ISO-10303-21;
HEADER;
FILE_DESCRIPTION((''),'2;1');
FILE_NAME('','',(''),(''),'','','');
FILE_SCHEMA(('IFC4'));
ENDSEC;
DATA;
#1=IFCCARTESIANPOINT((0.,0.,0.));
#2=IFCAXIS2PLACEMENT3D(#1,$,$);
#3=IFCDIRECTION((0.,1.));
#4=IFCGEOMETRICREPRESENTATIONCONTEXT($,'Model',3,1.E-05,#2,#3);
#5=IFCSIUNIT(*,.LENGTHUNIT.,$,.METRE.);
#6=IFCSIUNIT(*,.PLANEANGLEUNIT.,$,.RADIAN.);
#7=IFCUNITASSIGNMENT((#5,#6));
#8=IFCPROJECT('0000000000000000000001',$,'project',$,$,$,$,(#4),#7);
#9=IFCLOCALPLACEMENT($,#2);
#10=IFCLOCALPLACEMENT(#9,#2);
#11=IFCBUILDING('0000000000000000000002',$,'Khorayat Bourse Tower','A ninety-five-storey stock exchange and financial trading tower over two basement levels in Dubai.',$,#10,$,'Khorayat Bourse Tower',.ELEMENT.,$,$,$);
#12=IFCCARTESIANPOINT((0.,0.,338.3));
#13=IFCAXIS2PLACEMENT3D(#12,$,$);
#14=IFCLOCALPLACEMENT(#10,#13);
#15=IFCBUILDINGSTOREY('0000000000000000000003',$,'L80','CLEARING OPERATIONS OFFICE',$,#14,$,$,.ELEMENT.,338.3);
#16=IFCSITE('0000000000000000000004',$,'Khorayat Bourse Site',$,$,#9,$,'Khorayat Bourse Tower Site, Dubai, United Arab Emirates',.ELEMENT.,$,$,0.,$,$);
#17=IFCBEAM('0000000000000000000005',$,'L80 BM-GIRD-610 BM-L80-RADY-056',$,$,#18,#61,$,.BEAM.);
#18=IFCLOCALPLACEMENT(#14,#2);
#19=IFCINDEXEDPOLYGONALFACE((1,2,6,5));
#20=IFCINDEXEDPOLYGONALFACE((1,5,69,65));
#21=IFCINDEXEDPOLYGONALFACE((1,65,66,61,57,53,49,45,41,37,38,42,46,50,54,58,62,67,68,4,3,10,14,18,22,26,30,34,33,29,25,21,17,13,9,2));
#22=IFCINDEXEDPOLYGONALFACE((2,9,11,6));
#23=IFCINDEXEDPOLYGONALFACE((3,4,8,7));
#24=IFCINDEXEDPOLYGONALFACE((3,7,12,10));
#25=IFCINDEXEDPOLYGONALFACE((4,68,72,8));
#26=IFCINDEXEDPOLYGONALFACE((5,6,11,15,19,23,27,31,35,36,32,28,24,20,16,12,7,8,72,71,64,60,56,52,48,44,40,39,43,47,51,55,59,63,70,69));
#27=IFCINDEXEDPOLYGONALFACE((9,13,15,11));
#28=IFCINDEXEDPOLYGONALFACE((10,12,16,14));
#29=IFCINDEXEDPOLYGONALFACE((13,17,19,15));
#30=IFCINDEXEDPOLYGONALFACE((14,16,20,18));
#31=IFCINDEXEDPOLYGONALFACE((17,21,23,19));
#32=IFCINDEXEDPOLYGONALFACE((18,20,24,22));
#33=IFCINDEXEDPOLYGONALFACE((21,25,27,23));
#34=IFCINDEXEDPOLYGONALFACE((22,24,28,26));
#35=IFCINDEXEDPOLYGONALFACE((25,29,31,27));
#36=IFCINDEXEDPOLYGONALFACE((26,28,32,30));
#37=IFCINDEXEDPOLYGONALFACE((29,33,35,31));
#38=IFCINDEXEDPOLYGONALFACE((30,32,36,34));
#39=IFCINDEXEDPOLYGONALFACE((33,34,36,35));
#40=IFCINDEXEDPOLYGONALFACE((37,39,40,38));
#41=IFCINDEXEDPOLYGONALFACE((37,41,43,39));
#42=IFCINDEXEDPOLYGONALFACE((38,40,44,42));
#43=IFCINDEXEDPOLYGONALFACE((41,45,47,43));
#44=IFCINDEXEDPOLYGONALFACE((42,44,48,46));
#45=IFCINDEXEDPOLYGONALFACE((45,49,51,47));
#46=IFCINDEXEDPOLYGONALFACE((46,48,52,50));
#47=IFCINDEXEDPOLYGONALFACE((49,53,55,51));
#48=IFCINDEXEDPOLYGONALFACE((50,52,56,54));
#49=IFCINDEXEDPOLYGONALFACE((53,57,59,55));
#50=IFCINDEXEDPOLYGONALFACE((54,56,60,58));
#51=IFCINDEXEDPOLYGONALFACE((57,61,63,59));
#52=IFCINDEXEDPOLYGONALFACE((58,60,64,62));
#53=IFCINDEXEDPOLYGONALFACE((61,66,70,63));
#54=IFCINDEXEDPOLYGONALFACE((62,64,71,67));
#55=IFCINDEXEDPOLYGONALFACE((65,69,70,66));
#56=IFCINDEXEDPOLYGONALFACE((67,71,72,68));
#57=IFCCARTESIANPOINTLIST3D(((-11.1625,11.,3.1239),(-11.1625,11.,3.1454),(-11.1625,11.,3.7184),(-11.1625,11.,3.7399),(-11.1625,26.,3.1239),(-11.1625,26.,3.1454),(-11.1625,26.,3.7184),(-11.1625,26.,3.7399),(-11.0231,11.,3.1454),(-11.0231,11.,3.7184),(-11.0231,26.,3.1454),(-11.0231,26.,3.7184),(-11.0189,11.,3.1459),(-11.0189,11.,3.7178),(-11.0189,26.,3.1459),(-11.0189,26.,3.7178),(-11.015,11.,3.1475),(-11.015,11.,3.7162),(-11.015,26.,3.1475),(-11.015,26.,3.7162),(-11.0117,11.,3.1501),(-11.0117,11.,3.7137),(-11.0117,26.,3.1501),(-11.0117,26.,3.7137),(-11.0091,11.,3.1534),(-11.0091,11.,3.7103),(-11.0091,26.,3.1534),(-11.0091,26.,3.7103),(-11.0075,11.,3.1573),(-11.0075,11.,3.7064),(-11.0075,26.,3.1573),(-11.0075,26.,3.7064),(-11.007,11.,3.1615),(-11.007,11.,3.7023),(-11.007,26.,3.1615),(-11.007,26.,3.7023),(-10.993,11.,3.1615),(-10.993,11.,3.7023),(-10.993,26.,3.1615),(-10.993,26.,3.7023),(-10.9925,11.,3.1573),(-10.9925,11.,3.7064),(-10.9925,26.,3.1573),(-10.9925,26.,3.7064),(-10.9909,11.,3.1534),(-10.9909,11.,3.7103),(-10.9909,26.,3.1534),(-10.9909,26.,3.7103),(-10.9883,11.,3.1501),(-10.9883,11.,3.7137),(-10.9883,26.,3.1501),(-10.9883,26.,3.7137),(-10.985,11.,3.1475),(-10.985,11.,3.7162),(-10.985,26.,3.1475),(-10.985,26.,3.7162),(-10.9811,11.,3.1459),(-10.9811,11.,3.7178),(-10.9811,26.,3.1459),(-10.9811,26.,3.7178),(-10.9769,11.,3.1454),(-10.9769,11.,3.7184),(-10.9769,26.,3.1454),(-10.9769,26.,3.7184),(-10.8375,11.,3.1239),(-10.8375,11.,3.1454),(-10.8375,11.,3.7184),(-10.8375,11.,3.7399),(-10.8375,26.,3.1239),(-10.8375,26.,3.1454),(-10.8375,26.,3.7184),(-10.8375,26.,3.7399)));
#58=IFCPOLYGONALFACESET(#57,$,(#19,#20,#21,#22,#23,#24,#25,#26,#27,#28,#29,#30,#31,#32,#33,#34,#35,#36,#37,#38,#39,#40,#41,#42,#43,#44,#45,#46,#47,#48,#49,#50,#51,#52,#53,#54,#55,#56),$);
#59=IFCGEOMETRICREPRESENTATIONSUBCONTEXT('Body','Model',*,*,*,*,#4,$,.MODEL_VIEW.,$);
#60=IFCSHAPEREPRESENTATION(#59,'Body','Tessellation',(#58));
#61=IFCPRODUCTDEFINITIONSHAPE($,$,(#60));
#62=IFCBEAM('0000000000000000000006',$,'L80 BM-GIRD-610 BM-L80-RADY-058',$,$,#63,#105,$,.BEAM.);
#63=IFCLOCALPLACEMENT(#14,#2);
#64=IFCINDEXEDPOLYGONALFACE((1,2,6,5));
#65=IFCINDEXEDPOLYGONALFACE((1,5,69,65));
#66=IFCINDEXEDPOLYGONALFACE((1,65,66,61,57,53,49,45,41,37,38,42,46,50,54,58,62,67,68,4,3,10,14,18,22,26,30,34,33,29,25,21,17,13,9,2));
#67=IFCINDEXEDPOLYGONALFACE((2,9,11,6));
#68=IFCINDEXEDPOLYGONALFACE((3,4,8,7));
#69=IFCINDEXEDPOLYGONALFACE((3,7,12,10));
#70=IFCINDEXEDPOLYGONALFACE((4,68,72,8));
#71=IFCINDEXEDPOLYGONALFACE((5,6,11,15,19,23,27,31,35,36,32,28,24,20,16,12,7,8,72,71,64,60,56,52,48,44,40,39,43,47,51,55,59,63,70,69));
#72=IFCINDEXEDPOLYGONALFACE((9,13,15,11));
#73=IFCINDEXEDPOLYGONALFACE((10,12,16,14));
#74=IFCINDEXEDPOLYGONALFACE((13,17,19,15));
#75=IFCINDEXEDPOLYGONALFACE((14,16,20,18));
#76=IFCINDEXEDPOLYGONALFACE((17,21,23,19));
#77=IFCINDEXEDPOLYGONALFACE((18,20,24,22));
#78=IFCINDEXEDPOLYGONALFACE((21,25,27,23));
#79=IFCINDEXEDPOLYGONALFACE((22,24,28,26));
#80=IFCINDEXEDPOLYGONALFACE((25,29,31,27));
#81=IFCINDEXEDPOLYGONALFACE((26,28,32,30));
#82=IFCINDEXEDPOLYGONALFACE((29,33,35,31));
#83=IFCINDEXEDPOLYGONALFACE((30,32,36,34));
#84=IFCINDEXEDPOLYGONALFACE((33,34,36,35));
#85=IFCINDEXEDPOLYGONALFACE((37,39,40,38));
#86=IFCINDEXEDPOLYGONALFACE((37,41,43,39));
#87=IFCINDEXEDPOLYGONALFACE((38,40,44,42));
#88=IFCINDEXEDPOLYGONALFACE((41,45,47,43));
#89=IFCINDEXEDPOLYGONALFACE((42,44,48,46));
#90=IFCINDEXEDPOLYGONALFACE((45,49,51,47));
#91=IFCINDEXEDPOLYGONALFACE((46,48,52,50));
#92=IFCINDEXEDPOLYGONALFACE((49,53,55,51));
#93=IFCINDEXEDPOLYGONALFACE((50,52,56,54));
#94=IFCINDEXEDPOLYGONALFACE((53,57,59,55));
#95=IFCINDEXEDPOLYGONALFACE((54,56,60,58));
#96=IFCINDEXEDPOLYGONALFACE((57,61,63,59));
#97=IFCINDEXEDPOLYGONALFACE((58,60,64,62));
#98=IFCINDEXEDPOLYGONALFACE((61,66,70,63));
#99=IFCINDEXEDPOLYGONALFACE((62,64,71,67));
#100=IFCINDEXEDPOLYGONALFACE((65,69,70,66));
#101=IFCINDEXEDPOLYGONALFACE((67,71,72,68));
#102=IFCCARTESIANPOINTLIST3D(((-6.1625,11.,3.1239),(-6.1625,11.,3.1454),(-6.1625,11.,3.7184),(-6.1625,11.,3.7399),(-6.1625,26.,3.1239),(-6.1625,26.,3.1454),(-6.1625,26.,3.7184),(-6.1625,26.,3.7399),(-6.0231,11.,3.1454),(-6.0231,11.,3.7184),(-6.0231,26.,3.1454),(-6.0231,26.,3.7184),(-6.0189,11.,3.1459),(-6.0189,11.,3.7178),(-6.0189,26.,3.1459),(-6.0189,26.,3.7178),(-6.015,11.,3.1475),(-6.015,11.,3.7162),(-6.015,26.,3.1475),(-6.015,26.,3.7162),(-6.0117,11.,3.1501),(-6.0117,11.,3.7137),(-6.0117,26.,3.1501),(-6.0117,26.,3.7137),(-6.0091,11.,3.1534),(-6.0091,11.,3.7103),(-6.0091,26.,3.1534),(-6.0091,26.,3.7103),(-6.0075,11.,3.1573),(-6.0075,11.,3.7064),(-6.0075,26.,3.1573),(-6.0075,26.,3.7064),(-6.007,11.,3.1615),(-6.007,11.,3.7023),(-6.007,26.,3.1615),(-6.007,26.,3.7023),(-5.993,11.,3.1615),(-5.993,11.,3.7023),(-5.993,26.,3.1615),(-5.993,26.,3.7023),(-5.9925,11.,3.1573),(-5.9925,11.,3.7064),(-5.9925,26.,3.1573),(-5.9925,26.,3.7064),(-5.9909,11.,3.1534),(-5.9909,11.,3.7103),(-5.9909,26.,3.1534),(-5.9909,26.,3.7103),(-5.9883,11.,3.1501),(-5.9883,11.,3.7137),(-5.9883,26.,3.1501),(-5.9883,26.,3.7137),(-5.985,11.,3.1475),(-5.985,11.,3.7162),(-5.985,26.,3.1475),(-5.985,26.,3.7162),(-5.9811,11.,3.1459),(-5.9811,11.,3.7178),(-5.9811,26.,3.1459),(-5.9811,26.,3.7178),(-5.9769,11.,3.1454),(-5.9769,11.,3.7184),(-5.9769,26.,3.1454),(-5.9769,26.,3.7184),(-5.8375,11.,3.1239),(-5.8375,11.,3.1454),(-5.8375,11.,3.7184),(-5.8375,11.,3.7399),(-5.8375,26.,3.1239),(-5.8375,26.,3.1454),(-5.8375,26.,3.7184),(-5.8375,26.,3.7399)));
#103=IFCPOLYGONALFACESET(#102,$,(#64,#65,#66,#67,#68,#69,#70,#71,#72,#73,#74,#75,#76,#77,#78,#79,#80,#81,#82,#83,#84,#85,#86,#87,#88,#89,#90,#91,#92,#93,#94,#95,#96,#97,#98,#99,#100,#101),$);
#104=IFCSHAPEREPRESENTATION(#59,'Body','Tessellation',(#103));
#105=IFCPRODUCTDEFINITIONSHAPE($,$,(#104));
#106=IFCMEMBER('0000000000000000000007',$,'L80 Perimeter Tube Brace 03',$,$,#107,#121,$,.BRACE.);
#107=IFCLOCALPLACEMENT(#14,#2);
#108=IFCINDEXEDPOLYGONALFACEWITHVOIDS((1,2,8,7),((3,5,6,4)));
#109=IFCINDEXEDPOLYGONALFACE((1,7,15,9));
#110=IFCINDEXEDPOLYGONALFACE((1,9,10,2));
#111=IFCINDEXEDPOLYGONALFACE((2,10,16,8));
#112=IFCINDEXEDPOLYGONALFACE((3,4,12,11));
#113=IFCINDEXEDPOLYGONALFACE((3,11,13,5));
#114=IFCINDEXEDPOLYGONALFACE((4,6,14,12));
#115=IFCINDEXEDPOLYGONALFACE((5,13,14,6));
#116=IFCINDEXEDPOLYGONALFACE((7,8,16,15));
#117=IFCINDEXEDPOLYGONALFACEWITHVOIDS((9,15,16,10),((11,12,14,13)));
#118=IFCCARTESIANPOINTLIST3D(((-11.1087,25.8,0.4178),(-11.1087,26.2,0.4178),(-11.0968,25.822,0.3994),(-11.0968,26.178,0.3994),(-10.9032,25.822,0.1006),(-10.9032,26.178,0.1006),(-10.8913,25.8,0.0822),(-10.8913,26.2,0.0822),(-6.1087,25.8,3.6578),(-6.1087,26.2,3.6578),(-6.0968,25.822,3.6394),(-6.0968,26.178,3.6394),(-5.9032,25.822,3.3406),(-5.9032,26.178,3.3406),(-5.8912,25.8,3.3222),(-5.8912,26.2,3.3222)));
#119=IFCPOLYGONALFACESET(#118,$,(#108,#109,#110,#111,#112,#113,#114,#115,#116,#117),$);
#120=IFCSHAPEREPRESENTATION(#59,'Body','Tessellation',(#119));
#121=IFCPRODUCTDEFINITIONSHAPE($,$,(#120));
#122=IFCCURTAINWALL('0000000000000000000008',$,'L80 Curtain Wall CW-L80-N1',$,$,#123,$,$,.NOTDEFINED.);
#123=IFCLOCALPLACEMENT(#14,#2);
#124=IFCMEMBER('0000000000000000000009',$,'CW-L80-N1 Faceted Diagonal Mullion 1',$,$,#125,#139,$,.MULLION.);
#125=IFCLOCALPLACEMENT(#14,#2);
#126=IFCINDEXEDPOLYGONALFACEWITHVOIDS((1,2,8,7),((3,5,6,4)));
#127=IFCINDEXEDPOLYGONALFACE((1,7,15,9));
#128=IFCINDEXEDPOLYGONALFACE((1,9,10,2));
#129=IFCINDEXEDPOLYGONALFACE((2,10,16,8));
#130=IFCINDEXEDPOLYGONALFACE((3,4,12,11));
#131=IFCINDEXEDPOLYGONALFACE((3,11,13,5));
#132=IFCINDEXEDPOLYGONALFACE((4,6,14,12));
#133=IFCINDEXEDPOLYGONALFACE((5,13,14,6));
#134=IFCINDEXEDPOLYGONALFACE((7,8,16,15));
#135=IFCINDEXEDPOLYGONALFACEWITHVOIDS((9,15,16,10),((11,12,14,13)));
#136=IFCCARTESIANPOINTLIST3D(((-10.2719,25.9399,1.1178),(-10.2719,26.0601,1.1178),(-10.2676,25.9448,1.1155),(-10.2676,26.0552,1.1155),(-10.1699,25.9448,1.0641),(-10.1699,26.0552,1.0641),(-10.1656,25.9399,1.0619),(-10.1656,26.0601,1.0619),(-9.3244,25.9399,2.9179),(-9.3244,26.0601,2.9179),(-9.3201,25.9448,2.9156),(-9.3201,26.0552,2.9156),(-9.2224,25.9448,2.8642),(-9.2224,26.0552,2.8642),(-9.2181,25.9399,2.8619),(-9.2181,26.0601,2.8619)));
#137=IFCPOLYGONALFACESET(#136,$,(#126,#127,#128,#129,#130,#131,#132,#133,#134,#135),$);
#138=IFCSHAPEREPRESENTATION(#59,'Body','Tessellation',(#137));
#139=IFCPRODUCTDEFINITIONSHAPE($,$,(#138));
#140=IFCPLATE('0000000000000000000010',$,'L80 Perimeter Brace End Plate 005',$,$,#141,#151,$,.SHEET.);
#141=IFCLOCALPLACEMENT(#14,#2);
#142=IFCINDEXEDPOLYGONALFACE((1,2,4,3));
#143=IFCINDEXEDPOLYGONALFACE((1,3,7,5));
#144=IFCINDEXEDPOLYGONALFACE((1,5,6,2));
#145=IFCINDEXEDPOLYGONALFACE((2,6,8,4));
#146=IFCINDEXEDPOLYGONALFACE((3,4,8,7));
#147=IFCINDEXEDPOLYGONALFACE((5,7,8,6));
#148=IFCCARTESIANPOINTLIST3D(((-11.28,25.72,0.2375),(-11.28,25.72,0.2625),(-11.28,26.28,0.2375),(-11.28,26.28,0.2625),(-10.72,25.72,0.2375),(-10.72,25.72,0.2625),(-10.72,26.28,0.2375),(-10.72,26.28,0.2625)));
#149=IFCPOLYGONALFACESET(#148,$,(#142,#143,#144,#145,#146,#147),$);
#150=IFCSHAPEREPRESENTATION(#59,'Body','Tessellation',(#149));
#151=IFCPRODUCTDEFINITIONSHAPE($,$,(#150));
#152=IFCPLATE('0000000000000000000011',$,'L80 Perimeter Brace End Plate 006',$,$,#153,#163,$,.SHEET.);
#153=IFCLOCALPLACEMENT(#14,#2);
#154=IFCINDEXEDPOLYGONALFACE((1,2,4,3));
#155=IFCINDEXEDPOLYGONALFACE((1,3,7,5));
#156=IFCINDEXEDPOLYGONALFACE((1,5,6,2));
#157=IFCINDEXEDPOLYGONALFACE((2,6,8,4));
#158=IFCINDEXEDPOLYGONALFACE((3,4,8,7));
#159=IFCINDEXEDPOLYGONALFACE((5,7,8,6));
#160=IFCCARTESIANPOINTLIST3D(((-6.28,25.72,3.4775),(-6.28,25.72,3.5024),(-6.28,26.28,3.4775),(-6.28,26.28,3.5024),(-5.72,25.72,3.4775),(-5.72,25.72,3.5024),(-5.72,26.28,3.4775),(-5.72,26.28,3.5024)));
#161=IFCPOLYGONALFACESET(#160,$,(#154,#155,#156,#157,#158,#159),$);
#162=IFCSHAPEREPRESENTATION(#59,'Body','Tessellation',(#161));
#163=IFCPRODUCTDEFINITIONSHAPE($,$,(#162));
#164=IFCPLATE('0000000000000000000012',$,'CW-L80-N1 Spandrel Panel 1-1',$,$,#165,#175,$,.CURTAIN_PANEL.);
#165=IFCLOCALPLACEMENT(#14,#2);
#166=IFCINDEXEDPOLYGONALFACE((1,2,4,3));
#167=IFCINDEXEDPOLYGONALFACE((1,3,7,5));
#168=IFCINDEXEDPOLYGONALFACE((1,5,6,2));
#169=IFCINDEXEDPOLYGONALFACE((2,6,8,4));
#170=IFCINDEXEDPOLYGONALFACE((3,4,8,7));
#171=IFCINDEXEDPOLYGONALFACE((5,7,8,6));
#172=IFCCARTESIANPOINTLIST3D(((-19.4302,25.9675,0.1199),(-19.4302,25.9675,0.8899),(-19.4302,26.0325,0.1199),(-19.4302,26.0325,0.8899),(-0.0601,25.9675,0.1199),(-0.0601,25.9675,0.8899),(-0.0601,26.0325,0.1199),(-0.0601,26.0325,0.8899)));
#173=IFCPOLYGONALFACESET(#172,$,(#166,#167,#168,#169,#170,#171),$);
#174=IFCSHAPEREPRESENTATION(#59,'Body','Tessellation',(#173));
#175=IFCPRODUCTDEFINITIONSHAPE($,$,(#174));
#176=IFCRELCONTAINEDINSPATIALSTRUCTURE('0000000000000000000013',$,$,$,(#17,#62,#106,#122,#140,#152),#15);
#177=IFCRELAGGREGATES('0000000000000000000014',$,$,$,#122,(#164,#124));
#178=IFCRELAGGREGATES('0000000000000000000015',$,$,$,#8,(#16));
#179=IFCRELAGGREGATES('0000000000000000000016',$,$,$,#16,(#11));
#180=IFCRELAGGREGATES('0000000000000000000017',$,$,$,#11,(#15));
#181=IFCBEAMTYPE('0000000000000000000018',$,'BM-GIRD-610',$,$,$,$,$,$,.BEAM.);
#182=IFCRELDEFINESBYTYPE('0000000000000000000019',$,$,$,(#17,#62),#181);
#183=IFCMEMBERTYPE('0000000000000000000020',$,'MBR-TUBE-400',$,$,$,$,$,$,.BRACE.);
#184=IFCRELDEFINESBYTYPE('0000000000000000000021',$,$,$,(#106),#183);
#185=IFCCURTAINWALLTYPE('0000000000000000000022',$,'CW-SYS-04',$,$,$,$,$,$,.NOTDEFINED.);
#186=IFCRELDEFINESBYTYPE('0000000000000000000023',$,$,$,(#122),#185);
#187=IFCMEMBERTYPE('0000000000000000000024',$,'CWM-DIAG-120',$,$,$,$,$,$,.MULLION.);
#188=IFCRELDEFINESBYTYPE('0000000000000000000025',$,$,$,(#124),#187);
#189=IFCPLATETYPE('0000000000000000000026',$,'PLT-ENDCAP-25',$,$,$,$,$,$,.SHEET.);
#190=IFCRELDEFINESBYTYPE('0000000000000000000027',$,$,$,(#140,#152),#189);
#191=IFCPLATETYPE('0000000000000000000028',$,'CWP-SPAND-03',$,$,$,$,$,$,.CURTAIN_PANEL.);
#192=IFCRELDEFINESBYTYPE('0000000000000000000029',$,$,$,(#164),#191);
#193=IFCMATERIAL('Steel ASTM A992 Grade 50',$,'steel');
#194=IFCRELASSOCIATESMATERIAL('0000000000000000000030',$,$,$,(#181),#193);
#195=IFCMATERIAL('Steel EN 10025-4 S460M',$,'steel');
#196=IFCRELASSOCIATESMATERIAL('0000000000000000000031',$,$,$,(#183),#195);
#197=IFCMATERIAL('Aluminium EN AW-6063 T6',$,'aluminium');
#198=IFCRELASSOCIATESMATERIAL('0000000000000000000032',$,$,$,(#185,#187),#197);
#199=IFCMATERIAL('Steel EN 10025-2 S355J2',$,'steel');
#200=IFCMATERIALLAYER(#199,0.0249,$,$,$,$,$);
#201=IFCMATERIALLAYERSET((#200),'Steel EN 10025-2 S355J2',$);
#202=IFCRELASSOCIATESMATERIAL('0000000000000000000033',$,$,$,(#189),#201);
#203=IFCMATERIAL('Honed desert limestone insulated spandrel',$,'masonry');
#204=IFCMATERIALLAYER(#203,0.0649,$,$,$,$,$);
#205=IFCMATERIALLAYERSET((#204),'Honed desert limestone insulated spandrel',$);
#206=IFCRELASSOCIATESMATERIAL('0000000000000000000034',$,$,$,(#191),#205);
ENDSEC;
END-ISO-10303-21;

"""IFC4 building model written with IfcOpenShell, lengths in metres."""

from ifc_helpers import new_model, si_unit, direction, frame, origin, origin_2d, place, context, subcontext, project, spatial, rectangle, hollow_rectangle, i_section, extrude, source, transform, mapped, material, layer, layer_set, material_profile, profile_set, type_object, element, aggregate, save


model = new_model("IFC4")

# Units and contexts
model_context = context("Model", 3, precision=1e-05, world=origin(), true_north=direction((0.0, 1.0)))
body_context = subcontext(model_context, "Body", "Model", "MODEL_VIEW")
ifc_project = project(units=[si_unit("LENGTHUNIT", "METRE"), si_unit("PLANEANGLEUNIT", "RADIAN")], contexts=[model_context])

# Site, building, storey
site_placement = place(None, origin())
site = spatial("IfcSite", under=ifc_project, at=site_placement, Name="Khorayat Bourse Site", LongName="Khorayat Bourse Tower Site, Dubai, United Arab Emirates", CompositionType="ELEMENT", RefElevation=0.0)
building_placement = place(site_placement, origin())
building = spatial("IfcBuilding", under=site, at=building_placement, Name="Khorayat Bourse Tower", Description="A ninety-five-storey stock exchange and financial trading tower over two basement levels in Dubai.", LongName="Khorayat Bourse Tower", CompositionType="ELEMENT")
storey_placement = place(building_placement, frame((0.0, 0.0, 338.3)))
storey = spatial("IfcBuildingStorey", under=building, at=storey_placement, Name="L80", Description="CLEARING OPERATIONS OFFICE", CompositionType="ELEMENT", Elevation=338.3)

# Shared definitions
ifc_material_1 = material(Name="Steel EN 10025-2 S355J2", Category="steel")

# Beams
ifc_material_2 = material(Name="Steel ASTM A992 Grade 50", Category="steel")
ifc_material_profile_1 = material_profile(ifc_material_2, i_section(OverallWidth=0.325, OverallDepth=0.616, WebThickness=0.0139, FlangeThickness=0.0215, FilletRadius=0.0161, at=origin_2d()), Name="W610X174")
ifc_profile_set_1 = profile_set([ifc_material_profile_1], Name="Steel ASTM A992 Grade 50")
beam_type_1 = type_object("IfcBeamType", Name="BM-GIRD-610", PredefinedType="BEAM", material=ifc_profile_set_1)
shared_shape_1 = source(origin(), body_context, "Body", "SweptSolid", [
    extrude(i_section(OverallWidth=0.325, OverallDepth=0.616, WebThickness=0.0139, FlangeThickness=0.0215, FilletRadius=0.0161, at=origin_2d()), origin(), (0.0, 0.0, 1.0), 15.0),
])
for number, where, z_axis, x_axis, name in (
    (1, (-11.0, 11.0, 3.4319), (0.0, 1.0, 0.0), (-1.0, 0.0, 0.0), "L80 BM-GIRD-610 BM-L80-RADY-056"),
    (2, (-6.0, 11.0, 3.4319), (0.0, 1.0, 0.0), (-1.0, 0.0, 0.0), "L80 BM-GIRD-610 BM-L80-RADY-058"),
):
    element("IfcBeam", number, at=place(storey_placement, frame(where, z_axis=z_axis, x_axis=x_axis)), inside=storey, type_object=beam_type_1, Name=name, PredefinedType="BEAM", context=body_context, shape_type="MappedRepresentation", body=[
        mapped(shared_shape_1, transform((0.0, 0.0, 0.0), scale=1.0)),
    ])

# Member
ifc_material_3 = material(Name="Steel EN 10025-4 S460M", Category="steel")
ifc_material_profile_2 = material_profile(ifc_material_3, hollow_rectangle(XDim=0.3999, YDim=0.3999, WallThickness=0.022, at=origin_2d()), Name="HSS 400x400x22")
ifc_profile_set_2 = profile_set([ifc_material_profile_2], Name="Steel EN 10025-4 S460M")
member_type_1 = type_object("IfcMemberType", Name="MBR-TUBE-400", PredefinedType="BRACE", material=ifc_profile_set_2)
shared_shape_2 = source(origin(), body_context, "Body", "SweptSolid", [
    extrude(hollow_rectangle(XDim=0.3999, YDim=0.3999, WallThickness=0.022, at=origin_2d()), origin(), (0.0, 0.0, 1.0), 5.958),
])
member_1_placement = place(storey_placement, frame((-11.0, 26.0, 0.25), z_axis=(0.83921, 0.0, 0.543807), x_axis=(0.0, 1.0, 0.0)))
element("IfcMember", 3, at=member_1_placement, inside=storey, type_object=member_type_1, Name="L80 Perimeter Tube Brace 03", PredefinedType="BRACE", context=body_context, shape_type="MappedRepresentation", body=[
    mapped(shared_shape_2, transform((0.0, 0.0, 0.0), scale=1.0)),
])

# Curtain wall, member
ifc_material_4 = material(Name="Aluminium EN AW-6063 T6", Category="aluminium")
curtain_wall_type = type_object("IfcCurtainWallType", Name="CW-SYS-04", PredefinedType="NOTDEFINED", material=ifc_material_4)
curtain_wall_placement = place(storey_placement, origin())
curtain_wall = element("IfcCurtainWall", 4, at=curtain_wall_placement, inside=storey, type_object=curtain_wall_type, Name="L80 Curtain Wall CW-L80-N1", PredefinedType="NOTDEFINED")
ifc_material_profile_3 = material_profile(ifc_material_4, hollow_rectangle(XDim=0.1201, YDim=0.1201, WallThickness=0.0049, at=origin_2d()), Name="ALU 120x120x5")
ifc_profile_set_3 = profile_set([ifc_material_profile_3], Name="Aluminium EN AW-6063 T6")
member_type_2 = type_object("IfcMemberType", Name="CWM-DIAG-120", PredefinedType="MULLION", material=ifc_profile_set_3)
shared_shape_3 = source(origin(), body_context, "Body", "SweptSolid", [
    extrude(hollow_rectangle(XDim=0.1201, YDim=0.1201, WallThickness=0.0049, at=origin_2d()), origin(), (0.0, 0.0, 1.0), 2.0342),
])
member_2_placement = place(storey_placement, frame((-10.2188, 26.0, 1.0898), z_axis=(0.465791, 0.0, 0.884895), x_axis=(0.0, 1.0, 0.0)))
member_2 = element("IfcMember", 5, at=member_2_placement, type_object=member_type_2, Name="CW-L80-N1 Faceted Diagonal Mullion 1", PredefinedType="MULLION", context=body_context, shape_type="MappedRepresentation", body=[
    mapped(shared_shape_3, transform((0.0, 0.0, 0.0), scale=1.0)),
])

# Plates
ifc_layer_1 = layer(ifc_material_1, 0.0249)
ifc_layer_set_1 = layer_set([ifc_layer_1], Name="Steel EN 10025-2 S355J2")
plate_type_1 = type_object("IfcPlateType", Name="PLT-ENDCAP-25", PredefinedType="SHEET", material=ifc_layer_set_1)
shared_shape_4 = source(origin(), body_context, "Body", "SweptSolid", [
    extrude(rectangle(XDim=0.5601, YDim=0.5601, at=origin_2d()), origin(), (0.0, 0.0, 1.0), 0.0249),
])
for number, where, z_axis, x_axis, name in (
    (6, (-11.0, 26.0, 0.2375), (0.0, 0.0, 1.0), (1.0, 0.0, 0.0), "L80 Perimeter Brace End Plate 005"),
    (7, (-6.0, 26.0, 3.4775), (0.0, 0.0, 1.0), (1.0, 0.0, 0.0), "L80 Perimeter Brace End Plate 006"),
):
    element("IfcPlate", number, at=place(storey_placement, frame(where, z_axis=z_axis, x_axis=x_axis)), inside=storey, type_object=plate_type_1, Name=name, PredefinedType="SHEET", context=body_context, shape_type="MappedRepresentation", body=[
        mapped(shared_shape_4, transform((0.0, 0.0, 0.0), scale=1.0)),
    ])

# Plate
ifc_material_5 = material(Name="Honed desert limestone insulated spandrel", Category="masonry")
ifc_layer_2 = layer(ifc_material_5, 0.0649)
ifc_layer_set_2 = layer_set([ifc_layer_2], Name="Honed desert limestone insulated spandrel")
plate_type_2 = type_object("IfcPlateType", Name="CWP-SPAND-03", PredefinedType="CURTAIN_PANEL", material=ifc_layer_set_2)
shared_shape_5 = source(origin(), body_context, "Body", "SweptSolid", [
    extrude(rectangle(XDim=19.3701, YDim=0.0649, at=origin_2d()), origin(), (0.0, 0.0, 1.0), 0.77),
])
plate_1_placement = place(storey_placement, frame((-9.7451, 26.0, 0.1199), z_axis=(0.0, 0.0, 1.0), x_axis=(1.0, 0.0, 0.0)))
plate_1 = element("IfcPlate", 8, at=plate_1_placement, type_object=plate_type_2, Name="CW-L80-N1 Spandrel Panel 1-1", PredefinedType="CURTAIN_PANEL", context=body_context, shape_type="MappedRepresentation", body=[
    mapped(shared_shape_5, transform((0.0, 0.0, 0.0), scale=1.0)),
])
aggregate(curtain_wall, [plate_1, member_2])

save(model, "model.ifc")
